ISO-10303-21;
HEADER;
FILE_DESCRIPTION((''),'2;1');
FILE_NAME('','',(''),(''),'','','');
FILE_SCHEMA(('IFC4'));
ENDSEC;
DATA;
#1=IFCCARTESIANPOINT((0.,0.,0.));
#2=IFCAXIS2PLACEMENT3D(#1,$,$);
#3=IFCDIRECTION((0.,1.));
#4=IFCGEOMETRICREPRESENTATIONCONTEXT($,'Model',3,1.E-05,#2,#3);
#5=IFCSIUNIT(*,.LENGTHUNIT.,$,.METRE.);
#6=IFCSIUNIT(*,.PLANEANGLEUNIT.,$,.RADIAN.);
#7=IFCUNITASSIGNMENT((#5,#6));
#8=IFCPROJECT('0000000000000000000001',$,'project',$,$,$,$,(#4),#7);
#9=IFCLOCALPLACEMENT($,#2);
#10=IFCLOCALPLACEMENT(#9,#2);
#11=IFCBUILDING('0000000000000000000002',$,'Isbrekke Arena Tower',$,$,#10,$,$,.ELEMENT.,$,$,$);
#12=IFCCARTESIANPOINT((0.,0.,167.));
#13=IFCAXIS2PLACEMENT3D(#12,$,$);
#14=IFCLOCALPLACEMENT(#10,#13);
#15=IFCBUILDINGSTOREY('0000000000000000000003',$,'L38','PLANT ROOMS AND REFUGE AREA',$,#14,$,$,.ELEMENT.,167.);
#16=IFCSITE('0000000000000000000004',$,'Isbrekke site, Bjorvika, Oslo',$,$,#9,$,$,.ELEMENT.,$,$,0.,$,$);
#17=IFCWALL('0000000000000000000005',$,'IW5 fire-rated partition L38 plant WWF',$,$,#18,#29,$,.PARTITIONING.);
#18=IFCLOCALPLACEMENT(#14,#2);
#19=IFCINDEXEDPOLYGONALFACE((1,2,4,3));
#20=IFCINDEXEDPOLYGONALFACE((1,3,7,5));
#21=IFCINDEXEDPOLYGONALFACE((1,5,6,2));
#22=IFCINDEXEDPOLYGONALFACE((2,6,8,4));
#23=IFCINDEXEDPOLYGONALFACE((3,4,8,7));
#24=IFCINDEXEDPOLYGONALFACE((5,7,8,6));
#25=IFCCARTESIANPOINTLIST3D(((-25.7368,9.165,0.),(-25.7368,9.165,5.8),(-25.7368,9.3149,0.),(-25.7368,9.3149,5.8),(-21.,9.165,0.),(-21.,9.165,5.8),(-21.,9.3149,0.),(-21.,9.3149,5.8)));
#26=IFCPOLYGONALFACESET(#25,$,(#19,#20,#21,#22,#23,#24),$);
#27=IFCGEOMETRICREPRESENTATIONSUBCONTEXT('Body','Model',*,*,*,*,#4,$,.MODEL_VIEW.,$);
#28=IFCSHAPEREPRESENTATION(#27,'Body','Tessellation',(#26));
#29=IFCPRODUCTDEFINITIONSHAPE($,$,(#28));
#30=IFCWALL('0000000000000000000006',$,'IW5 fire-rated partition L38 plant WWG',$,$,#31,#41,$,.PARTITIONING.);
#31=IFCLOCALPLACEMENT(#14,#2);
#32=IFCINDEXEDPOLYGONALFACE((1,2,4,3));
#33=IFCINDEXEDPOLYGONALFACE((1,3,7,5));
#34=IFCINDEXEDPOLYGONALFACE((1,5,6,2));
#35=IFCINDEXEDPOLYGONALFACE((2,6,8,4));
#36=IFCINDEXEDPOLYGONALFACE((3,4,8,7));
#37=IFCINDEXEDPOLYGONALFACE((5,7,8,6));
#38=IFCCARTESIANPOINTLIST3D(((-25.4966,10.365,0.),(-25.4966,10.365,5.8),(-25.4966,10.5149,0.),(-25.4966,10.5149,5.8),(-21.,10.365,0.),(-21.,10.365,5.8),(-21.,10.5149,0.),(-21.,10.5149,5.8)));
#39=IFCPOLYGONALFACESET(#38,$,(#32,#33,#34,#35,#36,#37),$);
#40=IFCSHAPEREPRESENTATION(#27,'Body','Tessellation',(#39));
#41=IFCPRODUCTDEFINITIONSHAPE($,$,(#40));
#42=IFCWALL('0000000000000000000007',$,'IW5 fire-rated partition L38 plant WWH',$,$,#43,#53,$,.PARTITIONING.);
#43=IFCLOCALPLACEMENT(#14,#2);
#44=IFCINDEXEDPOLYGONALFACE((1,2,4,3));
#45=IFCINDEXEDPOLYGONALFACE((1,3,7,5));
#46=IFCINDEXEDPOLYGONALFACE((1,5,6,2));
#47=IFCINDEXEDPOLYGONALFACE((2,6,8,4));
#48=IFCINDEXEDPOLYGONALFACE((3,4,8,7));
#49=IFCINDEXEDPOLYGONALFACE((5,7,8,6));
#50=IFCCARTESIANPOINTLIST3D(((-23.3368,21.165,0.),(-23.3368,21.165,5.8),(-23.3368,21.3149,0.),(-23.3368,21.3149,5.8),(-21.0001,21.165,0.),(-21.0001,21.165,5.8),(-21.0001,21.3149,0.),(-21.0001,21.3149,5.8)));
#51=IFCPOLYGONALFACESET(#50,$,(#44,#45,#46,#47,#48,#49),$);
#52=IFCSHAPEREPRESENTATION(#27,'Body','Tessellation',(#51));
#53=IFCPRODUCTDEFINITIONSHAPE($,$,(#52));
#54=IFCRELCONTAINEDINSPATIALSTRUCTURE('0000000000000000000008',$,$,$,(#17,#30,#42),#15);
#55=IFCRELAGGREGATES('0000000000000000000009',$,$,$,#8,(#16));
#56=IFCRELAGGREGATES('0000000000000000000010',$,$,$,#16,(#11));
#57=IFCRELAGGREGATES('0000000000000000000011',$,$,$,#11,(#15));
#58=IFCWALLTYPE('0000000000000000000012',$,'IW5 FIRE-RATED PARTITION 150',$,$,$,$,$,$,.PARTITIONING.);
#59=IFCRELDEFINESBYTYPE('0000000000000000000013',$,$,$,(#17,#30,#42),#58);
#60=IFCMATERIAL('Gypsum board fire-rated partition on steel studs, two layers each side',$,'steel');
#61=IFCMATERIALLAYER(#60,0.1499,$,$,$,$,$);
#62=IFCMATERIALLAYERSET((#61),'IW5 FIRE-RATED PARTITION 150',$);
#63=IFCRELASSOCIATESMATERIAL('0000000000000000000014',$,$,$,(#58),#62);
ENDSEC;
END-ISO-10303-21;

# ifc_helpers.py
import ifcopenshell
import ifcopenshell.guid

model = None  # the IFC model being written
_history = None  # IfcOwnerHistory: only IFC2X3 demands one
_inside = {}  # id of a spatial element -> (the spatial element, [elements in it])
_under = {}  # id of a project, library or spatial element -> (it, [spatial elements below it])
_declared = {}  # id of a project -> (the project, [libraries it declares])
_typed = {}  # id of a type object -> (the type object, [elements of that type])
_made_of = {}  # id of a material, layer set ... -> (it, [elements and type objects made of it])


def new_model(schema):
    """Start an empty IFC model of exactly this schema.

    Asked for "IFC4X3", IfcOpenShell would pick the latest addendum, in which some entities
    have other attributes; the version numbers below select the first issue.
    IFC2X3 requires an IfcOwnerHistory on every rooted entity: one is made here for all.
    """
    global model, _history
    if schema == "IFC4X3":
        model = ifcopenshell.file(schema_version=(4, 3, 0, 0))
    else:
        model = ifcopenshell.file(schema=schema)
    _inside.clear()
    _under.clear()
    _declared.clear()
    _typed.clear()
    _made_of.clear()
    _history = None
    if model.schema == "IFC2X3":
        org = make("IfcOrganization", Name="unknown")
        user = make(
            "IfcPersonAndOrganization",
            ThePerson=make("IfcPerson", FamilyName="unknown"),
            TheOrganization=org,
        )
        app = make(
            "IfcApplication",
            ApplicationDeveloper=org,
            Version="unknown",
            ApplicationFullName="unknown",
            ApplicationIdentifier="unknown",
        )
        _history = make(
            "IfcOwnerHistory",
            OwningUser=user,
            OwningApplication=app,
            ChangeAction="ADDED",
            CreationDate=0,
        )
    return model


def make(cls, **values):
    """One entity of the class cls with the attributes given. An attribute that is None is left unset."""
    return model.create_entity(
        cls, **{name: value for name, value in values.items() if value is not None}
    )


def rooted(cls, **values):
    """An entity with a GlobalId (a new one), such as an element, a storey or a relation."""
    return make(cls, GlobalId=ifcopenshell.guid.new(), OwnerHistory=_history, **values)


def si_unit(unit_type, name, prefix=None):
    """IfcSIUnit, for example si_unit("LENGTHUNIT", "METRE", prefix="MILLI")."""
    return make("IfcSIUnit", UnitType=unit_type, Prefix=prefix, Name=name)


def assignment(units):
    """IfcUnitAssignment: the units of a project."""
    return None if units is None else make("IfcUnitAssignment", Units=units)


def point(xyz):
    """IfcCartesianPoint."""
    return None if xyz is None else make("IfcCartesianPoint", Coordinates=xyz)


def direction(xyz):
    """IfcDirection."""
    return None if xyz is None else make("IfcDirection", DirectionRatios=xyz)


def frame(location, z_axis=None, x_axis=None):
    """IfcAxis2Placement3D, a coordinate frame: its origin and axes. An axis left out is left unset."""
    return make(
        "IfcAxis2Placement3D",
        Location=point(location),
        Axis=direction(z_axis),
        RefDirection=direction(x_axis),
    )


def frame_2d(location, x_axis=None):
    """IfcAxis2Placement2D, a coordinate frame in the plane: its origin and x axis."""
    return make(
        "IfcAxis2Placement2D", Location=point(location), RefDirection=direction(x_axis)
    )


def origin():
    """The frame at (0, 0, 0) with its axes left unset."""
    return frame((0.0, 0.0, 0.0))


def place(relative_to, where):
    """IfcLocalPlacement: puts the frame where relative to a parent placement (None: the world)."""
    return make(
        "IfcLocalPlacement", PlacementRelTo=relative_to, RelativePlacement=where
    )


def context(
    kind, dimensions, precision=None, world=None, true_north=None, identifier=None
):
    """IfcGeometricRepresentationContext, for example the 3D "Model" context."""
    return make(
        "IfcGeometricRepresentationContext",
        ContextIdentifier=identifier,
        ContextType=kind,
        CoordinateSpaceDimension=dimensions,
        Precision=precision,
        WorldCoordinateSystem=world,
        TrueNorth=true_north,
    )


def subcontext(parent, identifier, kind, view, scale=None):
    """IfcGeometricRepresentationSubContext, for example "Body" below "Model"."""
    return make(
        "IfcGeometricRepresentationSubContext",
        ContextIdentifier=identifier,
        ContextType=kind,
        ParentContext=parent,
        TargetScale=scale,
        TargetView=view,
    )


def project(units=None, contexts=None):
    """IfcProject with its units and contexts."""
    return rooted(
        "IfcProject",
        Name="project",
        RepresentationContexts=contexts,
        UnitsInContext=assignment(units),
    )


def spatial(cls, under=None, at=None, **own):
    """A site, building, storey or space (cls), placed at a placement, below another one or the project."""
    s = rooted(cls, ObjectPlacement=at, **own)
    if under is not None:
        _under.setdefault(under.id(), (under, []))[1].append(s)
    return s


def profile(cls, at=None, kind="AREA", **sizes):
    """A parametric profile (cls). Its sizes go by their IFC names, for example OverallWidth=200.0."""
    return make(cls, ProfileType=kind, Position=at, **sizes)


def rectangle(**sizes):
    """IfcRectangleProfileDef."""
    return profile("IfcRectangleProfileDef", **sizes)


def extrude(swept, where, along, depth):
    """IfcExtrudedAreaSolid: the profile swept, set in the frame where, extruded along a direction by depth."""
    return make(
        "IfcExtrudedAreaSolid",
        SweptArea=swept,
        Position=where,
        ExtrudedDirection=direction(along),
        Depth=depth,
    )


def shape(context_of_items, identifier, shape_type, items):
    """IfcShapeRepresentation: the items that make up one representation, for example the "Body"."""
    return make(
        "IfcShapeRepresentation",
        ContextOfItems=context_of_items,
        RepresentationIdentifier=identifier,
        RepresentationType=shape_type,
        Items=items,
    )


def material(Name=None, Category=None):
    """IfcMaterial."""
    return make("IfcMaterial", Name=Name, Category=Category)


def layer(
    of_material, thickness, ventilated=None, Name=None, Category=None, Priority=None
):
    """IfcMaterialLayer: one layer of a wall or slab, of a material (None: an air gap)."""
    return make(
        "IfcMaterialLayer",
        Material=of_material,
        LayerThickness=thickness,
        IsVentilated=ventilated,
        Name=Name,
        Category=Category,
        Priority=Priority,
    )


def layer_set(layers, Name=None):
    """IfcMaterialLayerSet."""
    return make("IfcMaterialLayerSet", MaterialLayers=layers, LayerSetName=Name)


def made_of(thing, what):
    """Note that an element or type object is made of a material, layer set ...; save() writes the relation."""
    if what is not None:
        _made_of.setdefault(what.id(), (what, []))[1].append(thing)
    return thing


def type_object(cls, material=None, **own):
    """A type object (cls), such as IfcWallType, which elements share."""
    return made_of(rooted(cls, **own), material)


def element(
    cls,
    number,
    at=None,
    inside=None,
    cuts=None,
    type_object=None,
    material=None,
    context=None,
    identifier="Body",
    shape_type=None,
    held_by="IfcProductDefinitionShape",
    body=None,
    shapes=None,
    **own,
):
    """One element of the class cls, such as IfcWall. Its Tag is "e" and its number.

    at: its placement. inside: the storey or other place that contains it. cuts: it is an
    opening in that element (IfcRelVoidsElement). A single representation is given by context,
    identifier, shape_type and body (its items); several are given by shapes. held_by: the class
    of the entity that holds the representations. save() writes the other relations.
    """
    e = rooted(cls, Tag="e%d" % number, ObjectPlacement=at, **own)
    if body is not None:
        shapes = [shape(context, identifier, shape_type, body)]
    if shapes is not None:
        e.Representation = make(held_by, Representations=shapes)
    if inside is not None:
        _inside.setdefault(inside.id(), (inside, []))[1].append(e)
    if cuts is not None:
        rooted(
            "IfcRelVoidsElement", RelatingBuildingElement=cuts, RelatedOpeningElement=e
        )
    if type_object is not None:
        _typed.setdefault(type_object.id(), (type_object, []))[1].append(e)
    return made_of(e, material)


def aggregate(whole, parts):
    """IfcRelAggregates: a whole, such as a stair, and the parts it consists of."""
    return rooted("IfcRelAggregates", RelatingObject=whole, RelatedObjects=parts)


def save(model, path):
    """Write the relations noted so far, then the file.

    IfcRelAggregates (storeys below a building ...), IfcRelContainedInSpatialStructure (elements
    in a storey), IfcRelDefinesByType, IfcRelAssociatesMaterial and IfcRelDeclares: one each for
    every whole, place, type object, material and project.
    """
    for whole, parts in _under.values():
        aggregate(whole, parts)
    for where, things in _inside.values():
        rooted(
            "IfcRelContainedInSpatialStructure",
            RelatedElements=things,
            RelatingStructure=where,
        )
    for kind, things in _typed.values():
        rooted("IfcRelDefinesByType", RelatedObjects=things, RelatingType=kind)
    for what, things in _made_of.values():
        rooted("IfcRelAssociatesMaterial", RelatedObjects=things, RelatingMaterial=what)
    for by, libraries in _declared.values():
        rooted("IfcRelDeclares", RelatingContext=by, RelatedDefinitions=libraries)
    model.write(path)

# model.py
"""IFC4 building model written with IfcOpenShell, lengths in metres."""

from ifc_helpers import new_model, si_unit, direction, frame, frame_2d, origin, place, context, subcontext, project, spatial, rectangle, extrude, material, layer, layer_set, type_object, element, save


model = new_model("IFC4")

# Units and contexts
model_context = context("Model", 3, precision=1e-05, world=origin(), true_north=direction((0.0, 1.0)))
body_context = subcontext(model_context, "Body", "Model", "MODEL_VIEW")
ifc_project = project(units=[si_unit("LENGTHUNIT", "METRE"), si_unit("PLANEANGLEUNIT", "RADIAN")], contexts=[model_context])

# Site, building, storey
site_placement = place(None, origin())
site = spatial("IfcSite", under=ifc_project, at=site_placement, Name="Isbrekke site, Bjorvika, Oslo", CompositionType="ELEMENT", RefElevation=0.0)
building_placement = place(site_placement, origin())
building = spatial("IfcBuilding", under=site, at=building_placement, Name="Isbrekke Arena Tower", CompositionType="ELEMENT")
storey_placement = place(building_placement, frame((0.0, 0.0, 167.0)))
storey = spatial("IfcBuildingStorey", under=building, at=storey_placement, Name="L38", Description="PLANT ROOMS AND REFUGE AREA", CompositionType="ELEMENT", Elevation=167.0)

# Shared definitions
ifc_material_1 = material(Name="Gypsum board fire-rated partition on steel studs, two layers each side", Category="steel")
ifc_layer_1 = layer(ifc_material_1, 0.1499)
ifc_layer_set_1 = layer_set([ifc_layer_1], Name="IW5 FIRE-RATED PARTITION 150")
wall_type = type_object("IfcWallType", Name="IW5 FIRE-RATED PARTITION 150", PredefinedType="PARTITIONING", material=ifc_layer_set_1)

# Walls
wall_1_placement = place(storey_placement, frame((-21.0, 9.24, 0.0), z_axis=(0.0, 0.0, 1.0), x_axis=(-1.0, 0.0, 0.0)))
element("IfcWall", 1, at=wall_1_placement, inside=storey, type_object=wall_type, Name="IW5 fire-rated partition L38 plant WWF", PredefinedType="PARTITIONING", context=body_context, shape_type="SweptSolid", body=[
    extrude(rectangle(XDim=4.7368, YDim=0.1499, at=frame_2d((2.3684, 0.0))), origin(), (0.0, 0.0, 1.0), 5.8),
])
wall_2_placement = place(storey_placement, frame((-21.0, 10.4399, 0.0), z_axis=(0.0, 0.0, 1.0), x_axis=(-1.0, 0.0, 0.0)))
element("IfcWall", 2, at=wall_2_placement, inside=storey, type_object=wall_type, Name="IW5 fire-rated partition L38 plant WWG", PredefinedType="PARTITIONING", context=body_context, shape_type="SweptSolid", body=[
    extrude(rectangle(XDim=4.4966, YDim=0.1499, at=frame_2d((2.2483, 0.0))), origin(), (0.0, 0.0, 1.0), 5.8),
])
wall_3_placement = place(storey_placement, frame((-21.0, 21.24, 0.0), z_axis=(0.0, 0.0, 1.0), x_axis=(-1.0, 0.0, 0.0)))
element("IfcWall", 3, at=wall_3_placement, inside=storey, type_object=wall_type, Name="IW5 fire-rated partition L38 plant WWH", PredefinedType="PARTITIONING", context=body_context, shape_type="SweptSolid", body=[
    extrude(rectangle(XDim=2.3367, YDim=0.1499, at=frame_2d((1.1685, 0.0))), origin(), (0.0, 0.0, 1.0), 5.8),
])

save(model, "model.ifc")
